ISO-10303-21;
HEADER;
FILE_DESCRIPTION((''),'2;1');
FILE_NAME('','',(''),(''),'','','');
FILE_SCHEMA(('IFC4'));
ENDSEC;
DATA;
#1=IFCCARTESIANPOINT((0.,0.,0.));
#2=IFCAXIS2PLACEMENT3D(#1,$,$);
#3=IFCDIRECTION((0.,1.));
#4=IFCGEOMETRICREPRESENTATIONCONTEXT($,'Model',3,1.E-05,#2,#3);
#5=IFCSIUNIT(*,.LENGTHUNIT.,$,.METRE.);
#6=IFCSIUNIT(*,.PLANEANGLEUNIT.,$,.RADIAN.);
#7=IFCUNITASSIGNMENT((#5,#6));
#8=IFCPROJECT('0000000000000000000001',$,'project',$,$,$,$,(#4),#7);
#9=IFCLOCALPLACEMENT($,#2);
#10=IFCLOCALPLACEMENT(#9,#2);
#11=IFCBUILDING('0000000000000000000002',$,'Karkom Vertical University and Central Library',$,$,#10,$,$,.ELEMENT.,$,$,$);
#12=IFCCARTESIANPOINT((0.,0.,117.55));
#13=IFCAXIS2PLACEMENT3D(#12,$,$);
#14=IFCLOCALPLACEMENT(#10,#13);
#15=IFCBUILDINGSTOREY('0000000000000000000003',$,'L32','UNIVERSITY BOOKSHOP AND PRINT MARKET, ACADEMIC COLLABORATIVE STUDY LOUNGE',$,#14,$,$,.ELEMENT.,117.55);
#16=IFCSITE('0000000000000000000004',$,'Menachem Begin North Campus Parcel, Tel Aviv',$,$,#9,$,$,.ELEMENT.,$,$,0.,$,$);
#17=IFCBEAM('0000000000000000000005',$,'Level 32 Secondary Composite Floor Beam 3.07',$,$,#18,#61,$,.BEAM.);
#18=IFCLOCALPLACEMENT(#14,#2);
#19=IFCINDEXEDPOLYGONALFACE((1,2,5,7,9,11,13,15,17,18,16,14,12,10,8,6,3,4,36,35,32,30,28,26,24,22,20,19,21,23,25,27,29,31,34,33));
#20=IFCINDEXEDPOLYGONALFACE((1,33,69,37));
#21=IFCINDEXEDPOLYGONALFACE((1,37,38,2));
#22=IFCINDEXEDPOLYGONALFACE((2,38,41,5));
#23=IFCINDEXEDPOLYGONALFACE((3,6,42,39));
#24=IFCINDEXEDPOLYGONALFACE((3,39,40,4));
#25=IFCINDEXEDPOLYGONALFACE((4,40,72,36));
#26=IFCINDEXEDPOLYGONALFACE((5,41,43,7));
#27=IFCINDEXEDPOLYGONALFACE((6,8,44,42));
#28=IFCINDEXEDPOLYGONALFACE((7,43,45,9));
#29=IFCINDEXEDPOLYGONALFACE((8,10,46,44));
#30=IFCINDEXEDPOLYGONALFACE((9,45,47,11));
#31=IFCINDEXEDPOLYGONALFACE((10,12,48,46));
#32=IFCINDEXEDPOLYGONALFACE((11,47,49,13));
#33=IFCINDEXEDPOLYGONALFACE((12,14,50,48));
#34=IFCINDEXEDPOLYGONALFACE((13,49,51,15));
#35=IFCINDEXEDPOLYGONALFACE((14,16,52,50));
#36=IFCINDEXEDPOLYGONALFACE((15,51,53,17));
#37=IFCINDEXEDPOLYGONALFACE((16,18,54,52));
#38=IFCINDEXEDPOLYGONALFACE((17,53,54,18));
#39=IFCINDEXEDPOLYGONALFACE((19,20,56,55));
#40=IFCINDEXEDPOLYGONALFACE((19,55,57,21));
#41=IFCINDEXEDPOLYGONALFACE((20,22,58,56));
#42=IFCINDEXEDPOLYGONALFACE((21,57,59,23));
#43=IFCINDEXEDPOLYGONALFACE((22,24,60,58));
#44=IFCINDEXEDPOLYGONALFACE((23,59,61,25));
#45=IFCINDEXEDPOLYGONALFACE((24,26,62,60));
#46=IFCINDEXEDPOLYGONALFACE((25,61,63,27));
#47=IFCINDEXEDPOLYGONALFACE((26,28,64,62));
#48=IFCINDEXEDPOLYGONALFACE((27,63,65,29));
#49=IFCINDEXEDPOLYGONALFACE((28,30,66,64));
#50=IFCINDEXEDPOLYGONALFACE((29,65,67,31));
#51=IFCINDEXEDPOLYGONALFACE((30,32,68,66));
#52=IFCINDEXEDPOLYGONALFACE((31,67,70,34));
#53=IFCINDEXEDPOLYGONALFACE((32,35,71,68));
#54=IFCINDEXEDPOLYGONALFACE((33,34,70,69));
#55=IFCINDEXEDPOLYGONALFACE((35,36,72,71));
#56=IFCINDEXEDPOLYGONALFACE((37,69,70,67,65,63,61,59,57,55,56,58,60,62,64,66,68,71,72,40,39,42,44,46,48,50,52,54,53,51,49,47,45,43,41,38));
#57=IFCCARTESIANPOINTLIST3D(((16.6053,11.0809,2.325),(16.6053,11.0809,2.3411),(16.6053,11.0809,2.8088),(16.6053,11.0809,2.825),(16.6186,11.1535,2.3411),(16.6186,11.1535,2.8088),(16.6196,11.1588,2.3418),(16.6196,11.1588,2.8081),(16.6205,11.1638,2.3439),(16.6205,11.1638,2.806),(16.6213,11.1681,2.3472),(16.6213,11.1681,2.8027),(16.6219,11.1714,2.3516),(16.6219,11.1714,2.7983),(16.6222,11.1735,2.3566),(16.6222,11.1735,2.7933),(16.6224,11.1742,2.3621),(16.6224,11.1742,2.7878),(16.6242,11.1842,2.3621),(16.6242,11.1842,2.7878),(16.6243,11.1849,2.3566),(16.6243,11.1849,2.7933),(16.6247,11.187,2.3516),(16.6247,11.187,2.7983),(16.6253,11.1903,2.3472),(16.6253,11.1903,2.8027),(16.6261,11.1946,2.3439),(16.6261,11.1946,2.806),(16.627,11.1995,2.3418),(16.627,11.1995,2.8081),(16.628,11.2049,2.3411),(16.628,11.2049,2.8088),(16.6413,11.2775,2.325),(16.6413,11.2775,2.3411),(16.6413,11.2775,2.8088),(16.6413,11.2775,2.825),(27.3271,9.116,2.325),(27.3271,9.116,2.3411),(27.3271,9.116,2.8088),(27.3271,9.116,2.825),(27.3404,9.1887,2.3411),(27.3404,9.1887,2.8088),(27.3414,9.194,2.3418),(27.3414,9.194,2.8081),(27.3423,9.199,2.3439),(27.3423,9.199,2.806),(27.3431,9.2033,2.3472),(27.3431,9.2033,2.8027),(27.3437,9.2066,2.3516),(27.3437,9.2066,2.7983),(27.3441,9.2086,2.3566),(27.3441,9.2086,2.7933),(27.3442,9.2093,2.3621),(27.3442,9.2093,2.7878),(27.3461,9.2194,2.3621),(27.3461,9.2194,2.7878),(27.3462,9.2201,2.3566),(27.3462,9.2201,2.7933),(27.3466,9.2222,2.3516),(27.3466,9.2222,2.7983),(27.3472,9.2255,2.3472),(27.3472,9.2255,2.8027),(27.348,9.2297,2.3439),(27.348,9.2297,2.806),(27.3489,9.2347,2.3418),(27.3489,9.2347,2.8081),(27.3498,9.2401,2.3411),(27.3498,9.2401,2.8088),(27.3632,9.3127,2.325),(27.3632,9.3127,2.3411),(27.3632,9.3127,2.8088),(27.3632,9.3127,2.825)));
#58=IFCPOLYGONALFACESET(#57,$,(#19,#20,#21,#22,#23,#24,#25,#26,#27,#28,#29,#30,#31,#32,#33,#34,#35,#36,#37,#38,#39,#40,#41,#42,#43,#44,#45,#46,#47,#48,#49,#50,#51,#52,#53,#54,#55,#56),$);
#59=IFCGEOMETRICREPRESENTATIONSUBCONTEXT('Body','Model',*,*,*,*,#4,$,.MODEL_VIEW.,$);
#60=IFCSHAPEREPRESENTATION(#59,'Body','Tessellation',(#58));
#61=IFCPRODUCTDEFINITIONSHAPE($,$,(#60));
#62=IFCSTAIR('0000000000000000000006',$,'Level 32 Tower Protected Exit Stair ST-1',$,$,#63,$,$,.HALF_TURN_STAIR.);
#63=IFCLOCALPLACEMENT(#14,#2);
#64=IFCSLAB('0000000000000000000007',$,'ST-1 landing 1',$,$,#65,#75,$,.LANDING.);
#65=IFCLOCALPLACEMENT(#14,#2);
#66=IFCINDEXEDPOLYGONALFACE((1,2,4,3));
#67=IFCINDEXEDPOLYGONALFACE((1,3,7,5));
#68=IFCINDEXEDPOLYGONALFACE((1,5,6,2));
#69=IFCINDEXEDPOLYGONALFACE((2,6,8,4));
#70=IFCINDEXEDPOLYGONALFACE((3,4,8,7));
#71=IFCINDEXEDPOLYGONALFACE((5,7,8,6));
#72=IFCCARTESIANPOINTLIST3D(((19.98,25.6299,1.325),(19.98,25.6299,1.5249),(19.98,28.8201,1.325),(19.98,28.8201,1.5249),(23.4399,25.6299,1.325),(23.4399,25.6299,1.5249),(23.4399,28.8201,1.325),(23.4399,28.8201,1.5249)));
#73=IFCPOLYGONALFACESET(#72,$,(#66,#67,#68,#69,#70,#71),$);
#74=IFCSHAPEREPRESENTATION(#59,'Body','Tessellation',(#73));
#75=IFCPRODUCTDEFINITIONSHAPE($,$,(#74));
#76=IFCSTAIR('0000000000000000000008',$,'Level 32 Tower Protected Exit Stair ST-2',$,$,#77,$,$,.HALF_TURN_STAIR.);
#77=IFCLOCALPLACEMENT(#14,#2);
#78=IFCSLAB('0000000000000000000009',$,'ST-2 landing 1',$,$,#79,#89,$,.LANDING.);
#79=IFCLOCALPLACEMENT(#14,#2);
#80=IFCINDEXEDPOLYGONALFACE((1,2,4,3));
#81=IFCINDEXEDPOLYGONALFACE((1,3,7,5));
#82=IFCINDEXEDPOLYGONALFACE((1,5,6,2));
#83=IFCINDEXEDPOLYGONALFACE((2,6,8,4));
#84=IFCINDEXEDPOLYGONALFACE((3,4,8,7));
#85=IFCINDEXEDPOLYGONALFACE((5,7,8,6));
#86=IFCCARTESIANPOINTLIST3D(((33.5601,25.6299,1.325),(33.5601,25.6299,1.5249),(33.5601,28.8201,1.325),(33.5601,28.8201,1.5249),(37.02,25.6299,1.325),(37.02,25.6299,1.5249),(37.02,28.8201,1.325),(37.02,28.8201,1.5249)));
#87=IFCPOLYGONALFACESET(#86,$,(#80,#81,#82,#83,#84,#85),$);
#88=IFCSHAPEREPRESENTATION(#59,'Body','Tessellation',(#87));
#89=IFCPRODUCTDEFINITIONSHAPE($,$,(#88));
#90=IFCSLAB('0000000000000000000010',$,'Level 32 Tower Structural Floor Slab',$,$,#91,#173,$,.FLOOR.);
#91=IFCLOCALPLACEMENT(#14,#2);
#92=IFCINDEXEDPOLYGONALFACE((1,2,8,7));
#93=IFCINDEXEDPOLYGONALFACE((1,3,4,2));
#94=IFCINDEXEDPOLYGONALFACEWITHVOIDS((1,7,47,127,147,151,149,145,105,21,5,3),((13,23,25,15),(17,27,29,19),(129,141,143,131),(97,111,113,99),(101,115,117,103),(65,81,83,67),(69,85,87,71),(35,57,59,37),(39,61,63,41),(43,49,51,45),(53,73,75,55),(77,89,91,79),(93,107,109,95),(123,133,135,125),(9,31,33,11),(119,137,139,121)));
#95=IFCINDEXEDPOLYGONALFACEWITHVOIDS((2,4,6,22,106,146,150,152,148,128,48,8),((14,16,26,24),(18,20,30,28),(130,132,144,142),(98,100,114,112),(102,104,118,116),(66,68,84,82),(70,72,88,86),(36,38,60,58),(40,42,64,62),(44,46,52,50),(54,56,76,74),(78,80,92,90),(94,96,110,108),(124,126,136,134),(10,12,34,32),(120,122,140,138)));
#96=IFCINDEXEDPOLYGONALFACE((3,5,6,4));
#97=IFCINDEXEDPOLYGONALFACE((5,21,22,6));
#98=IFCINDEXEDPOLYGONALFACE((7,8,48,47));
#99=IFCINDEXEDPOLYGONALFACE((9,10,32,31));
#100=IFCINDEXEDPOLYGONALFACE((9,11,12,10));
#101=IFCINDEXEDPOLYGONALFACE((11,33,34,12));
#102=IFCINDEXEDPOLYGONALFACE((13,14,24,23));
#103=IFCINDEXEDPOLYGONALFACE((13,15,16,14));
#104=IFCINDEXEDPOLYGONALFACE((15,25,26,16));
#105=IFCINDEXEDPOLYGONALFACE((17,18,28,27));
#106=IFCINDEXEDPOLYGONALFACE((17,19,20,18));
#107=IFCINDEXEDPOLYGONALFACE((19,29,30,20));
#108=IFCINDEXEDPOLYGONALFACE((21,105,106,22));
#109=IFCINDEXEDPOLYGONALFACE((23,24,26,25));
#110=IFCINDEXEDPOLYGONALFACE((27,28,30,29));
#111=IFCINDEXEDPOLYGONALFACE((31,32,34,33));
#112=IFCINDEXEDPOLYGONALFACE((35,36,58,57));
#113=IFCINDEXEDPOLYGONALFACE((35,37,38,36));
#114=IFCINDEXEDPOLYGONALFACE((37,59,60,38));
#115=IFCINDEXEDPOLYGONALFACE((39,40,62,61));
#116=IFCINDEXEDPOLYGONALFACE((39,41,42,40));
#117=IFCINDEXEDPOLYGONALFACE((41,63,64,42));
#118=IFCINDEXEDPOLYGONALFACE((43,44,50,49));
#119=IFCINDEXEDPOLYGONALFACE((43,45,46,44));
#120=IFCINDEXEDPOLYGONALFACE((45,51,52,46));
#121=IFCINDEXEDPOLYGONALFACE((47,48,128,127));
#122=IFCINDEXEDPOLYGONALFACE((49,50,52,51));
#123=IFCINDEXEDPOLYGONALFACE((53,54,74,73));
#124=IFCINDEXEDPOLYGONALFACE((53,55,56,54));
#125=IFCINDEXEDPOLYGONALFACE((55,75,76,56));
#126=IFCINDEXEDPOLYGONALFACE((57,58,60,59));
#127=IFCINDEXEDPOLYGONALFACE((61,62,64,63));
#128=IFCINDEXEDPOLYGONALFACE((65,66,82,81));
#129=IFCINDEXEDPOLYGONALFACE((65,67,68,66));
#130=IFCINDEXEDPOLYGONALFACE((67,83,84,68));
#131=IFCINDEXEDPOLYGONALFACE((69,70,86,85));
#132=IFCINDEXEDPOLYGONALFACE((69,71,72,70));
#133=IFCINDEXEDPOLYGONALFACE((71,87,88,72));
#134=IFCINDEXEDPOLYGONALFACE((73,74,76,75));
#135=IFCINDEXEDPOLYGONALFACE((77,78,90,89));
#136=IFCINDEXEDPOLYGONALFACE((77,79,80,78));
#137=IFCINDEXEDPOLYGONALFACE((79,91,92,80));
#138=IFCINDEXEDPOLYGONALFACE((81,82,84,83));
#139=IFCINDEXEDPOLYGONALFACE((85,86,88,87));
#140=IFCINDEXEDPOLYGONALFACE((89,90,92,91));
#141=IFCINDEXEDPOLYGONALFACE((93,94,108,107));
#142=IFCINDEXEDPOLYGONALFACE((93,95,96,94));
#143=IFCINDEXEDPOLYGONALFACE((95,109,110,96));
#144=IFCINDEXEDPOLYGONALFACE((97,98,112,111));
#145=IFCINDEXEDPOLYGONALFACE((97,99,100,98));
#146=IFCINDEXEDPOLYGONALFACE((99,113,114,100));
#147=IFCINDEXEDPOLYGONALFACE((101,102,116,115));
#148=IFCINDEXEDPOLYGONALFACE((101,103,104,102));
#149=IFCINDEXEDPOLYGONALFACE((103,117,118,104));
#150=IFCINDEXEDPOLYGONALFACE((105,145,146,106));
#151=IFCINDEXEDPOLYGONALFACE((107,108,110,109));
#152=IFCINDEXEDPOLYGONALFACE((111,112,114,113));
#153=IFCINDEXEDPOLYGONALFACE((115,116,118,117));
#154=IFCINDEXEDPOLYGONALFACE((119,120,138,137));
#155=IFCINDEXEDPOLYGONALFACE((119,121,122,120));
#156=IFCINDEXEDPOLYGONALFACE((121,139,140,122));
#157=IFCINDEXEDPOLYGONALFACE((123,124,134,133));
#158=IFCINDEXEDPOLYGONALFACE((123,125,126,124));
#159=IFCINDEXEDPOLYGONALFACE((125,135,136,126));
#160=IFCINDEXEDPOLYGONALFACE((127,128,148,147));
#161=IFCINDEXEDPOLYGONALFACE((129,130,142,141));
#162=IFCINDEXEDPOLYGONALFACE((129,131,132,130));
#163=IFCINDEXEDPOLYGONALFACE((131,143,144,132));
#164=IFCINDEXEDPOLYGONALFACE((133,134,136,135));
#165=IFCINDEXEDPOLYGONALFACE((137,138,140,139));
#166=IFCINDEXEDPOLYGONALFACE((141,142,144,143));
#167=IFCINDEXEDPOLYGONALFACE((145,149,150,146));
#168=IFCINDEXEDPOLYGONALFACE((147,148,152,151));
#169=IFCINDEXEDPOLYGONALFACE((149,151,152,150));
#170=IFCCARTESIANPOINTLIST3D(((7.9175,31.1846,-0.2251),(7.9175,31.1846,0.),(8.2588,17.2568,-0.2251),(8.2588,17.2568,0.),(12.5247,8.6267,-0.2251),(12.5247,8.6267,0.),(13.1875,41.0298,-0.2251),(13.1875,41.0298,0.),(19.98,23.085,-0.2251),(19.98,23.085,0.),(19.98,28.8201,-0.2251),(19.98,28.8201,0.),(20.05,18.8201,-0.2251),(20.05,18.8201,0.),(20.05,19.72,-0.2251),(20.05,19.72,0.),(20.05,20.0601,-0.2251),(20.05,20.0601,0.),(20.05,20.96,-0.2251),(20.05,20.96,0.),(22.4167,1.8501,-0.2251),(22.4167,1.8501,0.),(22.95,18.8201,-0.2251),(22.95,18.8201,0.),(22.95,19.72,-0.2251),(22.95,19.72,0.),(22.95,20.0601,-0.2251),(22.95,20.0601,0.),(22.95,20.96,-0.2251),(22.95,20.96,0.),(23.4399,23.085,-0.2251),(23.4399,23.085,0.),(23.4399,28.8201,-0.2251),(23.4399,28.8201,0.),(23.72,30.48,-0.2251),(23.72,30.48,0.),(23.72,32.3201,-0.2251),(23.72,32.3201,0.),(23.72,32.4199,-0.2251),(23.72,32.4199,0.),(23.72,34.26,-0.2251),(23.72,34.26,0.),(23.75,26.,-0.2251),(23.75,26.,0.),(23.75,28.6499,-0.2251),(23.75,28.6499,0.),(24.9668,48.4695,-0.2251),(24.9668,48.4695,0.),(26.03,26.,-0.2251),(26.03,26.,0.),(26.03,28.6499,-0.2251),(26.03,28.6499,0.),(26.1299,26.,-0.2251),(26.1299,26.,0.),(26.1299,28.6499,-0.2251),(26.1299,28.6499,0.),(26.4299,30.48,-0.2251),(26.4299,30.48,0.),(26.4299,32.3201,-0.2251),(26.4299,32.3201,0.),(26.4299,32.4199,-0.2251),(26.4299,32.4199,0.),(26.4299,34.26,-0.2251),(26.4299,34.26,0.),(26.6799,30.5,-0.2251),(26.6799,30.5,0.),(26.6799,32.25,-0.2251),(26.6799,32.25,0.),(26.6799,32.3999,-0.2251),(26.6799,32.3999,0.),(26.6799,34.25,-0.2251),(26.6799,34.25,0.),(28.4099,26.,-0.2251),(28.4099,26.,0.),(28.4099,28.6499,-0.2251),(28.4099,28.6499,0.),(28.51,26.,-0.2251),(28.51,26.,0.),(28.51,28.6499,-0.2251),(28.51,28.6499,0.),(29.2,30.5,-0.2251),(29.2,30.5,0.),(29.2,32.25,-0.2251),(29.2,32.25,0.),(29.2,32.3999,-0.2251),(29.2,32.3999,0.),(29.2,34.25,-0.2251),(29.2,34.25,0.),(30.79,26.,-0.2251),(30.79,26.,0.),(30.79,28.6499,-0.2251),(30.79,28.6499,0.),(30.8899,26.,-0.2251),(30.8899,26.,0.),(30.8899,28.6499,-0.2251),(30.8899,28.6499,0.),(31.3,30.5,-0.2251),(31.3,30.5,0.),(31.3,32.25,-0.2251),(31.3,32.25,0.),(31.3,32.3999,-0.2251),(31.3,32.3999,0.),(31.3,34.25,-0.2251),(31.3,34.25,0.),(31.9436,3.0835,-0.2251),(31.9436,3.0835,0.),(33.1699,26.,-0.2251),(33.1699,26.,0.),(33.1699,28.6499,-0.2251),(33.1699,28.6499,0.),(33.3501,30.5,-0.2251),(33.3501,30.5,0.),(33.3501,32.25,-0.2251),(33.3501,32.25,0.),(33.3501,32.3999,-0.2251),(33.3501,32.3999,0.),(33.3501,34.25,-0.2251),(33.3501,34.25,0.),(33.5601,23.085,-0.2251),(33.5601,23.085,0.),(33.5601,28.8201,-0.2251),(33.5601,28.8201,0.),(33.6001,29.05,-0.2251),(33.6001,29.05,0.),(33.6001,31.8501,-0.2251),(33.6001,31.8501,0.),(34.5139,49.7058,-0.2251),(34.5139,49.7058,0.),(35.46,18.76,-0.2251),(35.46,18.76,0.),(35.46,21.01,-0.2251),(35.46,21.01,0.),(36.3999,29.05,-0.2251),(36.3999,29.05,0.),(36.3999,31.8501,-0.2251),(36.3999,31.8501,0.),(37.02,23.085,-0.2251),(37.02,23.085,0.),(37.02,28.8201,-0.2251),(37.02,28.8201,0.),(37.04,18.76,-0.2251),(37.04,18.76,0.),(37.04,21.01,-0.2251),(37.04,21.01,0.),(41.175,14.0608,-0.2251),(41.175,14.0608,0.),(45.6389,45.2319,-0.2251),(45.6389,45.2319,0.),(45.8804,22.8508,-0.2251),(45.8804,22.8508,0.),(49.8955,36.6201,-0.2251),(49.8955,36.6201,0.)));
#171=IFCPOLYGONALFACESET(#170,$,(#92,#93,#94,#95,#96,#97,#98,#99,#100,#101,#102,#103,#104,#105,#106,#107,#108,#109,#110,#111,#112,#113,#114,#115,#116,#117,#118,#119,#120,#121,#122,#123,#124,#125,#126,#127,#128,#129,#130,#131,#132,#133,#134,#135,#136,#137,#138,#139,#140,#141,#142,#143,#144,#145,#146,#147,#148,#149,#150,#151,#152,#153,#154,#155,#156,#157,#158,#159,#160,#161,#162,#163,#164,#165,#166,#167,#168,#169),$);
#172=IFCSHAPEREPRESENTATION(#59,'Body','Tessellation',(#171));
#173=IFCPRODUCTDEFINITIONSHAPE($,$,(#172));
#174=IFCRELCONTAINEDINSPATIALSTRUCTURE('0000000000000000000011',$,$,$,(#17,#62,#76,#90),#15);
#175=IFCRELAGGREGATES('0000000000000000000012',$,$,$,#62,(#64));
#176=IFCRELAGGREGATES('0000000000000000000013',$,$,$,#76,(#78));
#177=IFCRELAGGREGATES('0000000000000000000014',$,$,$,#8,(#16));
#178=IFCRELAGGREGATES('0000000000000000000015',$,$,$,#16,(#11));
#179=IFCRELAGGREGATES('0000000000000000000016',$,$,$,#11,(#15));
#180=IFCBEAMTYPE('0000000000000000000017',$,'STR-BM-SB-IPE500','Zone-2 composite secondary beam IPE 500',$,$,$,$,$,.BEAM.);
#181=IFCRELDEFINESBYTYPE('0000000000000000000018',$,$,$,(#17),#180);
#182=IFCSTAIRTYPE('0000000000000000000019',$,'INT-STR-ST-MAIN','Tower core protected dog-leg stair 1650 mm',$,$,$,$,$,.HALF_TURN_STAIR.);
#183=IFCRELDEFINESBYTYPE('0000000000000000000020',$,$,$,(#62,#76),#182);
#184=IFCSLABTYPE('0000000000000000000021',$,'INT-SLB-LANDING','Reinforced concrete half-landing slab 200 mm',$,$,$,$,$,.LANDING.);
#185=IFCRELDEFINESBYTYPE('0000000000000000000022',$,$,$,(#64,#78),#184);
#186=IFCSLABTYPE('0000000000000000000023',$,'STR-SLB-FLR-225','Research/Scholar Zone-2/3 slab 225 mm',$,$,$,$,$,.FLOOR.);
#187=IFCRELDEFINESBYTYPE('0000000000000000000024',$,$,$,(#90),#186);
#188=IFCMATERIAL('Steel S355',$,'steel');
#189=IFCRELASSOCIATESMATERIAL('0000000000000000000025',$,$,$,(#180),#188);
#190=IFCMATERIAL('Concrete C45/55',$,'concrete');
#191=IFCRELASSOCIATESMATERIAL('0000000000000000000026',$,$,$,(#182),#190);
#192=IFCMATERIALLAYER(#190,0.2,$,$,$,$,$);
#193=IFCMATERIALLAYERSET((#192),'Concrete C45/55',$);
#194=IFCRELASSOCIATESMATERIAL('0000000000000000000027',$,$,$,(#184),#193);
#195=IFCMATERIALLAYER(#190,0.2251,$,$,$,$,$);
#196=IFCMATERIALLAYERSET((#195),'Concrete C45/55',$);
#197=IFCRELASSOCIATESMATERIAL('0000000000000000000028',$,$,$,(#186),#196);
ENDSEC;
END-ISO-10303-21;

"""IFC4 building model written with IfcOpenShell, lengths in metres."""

from ifc_helpers import new_model, si_unit, direction, frame, origin, origin_with_axes, origin_2d, place, context, subcontext, project, spatial, polyline, i_section, outline, extrude, source, transform, mapped, material, layer, layer_set, material_profile, profile_set, type_object, element, aggregate, save


model = new_model("IFC4")

# Units and contexts
model_context = context("Model", 3, precision=1e-05, world=origin(), true_north=direction((0.0, 1.0)))
body_context = subcontext(model_context, "Body", "Model", "MODEL_VIEW")
ifc_project = project(units=[si_unit("LENGTHUNIT", "METRE"), si_unit("PLANEANGLEUNIT", "RADIAN")], contexts=[model_context])

# Site, building, storey
site_placement = place(None, origin())
site = spatial("IfcSite", under=ifc_project, at=site_placement, Name="Menachem Begin North Campus Parcel, Tel Aviv", CompositionType="ELEMENT", RefElevation=0.0)
building_placement = place(site_placement, origin())
building = spatial("IfcBuilding", under=site, at=building_placement, Name="Karkom Vertical University and Central Library", CompositionType="ELEMENT")
storey_placement = place(building_placement, frame((0.0, 0.0, 117.55)))
storey = spatial("IfcBuildingStorey", under=building, at=storey_placement, Name="L32", Description="UNIVERSITY BOOKSHOP AND PRINT MARKET, ACADEMIC COLLABORATIVE STUDY LOUNGE", CompositionType="ELEMENT", Elevation=117.55)

# Beam
ifc_material_1 = material(Name="Steel S355", Category="steel")
ifc_material_profile_1 = material_profile(ifc_material_1, i_section(OverallWidth=0.2, OverallDepth=0.5, WebThickness=0.0103, FlangeThickness=0.0161, FilletRadius=0.021, at=origin_2d()), Name="IPE 500")
ifc_profile_set_1 = profile_set([ifc_material_profile_1], Name="Steel S355")
beam_type_1 = type_object("IfcBeamType", Name="STR-BM-SB-IPE500", Description="Zone-2 composite secondary beam IPE 500", PredefinedType="BEAM", material=ifc_profile_set_1)
shared_shape_1 = source(origin_with_axes(), body_context, "Body", "SweptSolid", [
    extrude(i_section(OverallWidth=0.2, OverallDepth=0.5, WebThickness=0.0103, FlangeThickness=0.0161, FilletRadius=0.021, at=origin_2d()), origin(), (0.0, 0.0, 1.0), 10.9004),
])
beam_1_placement = place(storey_placement, frame((16.6233, 11.1792, 2.575), z_axis=(0.98362, -0.180253, 0.0), x_axis=(0.180253, 0.98362, 0.0)))
element("IfcBeam", 1, at=beam_1_placement, inside=storey, type_object=beam_type_1, Name="Level 32 Secondary Composite Floor Beam 3.07", PredefinedType="BEAM", context=body_context, shape_type="MappedRepresentation", body=[
    mapped(shared_shape_1, transform((0.0, 0.0, 0.0), scale=1.0)),
])

# Stairs, slabs
ifc_material_2 = material(Name="Concrete C45/55", Category="concrete")
stair_type = type_object("IfcStairType", Name="INT-STR-ST-MAIN", Description="Tower core protected dog-leg stair 1650 mm", PredefinedType="HALF_TURN_STAIR", material=ifc_material_2)
stair_1_placement = place(storey_placement, origin())
stair_1 = element("IfcStair", 2, at=stair_1_placement, inside=storey, type_object=stair_type, Name="Level 32 Tower Protected Exit Stair ST-1", PredefinedType="HALF_TURN_STAIR")
ifc_layer_1 = layer(ifc_material_2, 0.2)
ifc_layer_set_1 = layer_set([ifc_layer_1], Name="Concrete C45/55")
slab_type_1 = type_object("IfcSlabType", Name="INT-SLB-LANDING", Description="Reinforced concrete half-landing slab 200 mm", PredefinedType="LANDING", material=ifc_layer_set_1)
slab_1_placement = place(storey_placement, frame((0.0, 0.0, 1.325)))
slab_1 = element("IfcSlab", 3, at=slab_1_placement, type_object=slab_type_1, Name="ST-1 landing 1", PredefinedType="LANDING", context=body_context, shape_type="SweptSolid", body=[
    extrude(outline(polyline([(23.4399, 25.6299), (23.4399, 28.8201), (19.98, 28.8201), (19.98, 25.6299), (23.4399, 25.6299)])), origin(), (0.0, 0.0, 1.0), 0.2),
])
aggregate(stair_1, [slab_1])
stair_2_placement = place(storey_placement, origin())
stair_2 = element("IfcStair", 4, at=stair_2_placement, inside=storey, type_object=stair_type, Name="Level 32 Tower Protected Exit Stair ST-2", PredefinedType="HALF_TURN_STAIR")
slab_2_placement = place(storey_placement, frame((0.0, 0.0, 1.325)))
slab_2 = element("IfcSlab", 5, at=slab_2_placement, type_object=slab_type_1, Name="ST-2 landing 1", PredefinedType="LANDING", context=body_context, shape_type="SweptSolid", body=[
    extrude(outline(polyline([(37.02, 25.6299), (37.02, 28.8201), (33.5601, 28.8201), (33.5601, 25.6299), (37.02, 25.6299)])), origin(), (0.0, 0.0, 1.0), 0.2),
])
aggregate(stair_2, [slab_2])

# Slab
ifc_layer_2 = layer(ifc_material_2, 0.2251)
ifc_layer_set_2 = layer_set([ifc_layer_2], Name="Concrete C45/55")
slab_type_2 = type_object("IfcSlabType", Name="STR-SLB-FLR-225", Description="Research/Scholar Zone-2/3 slab 225 mm", PredefinedType="FLOOR", material=ifc_layer_set_2)
slab_3_placement = place(storey_placement, frame((0.0, 0.0, -0.2251)))
element("IfcSlab", 6, at=slab_3_placement, inside=storey, type_object=slab_type_2, Name="Level 32 Tower Structural Floor Slab", PredefinedType="FLOOR", context=body_context, shape_type="SweptSolid", body=[
    extrude(outline(polyline([(13.1875, 41.0298), (7.9175, 31.1846), (8.2588, 17.2568), (12.5247, 8.6267), (22.4167, 1.8501), (31.9436, 3.0835), (41.175, 14.0608), (45.8804, 22.8508), (49.8955, 36.6201), (45.6389, 45.2319), (34.5139, 49.7058), (24.9668, 48.4695), (13.1875, 41.0298)]), holes=[polyline([(19.98, 23.085), (23.4399, 23.085), (23.4399, 28.8201), (19.98, 28.8201), (19.98, 23.085)]), polyline([(33.5601, 23.085), (37.02, 23.085), (37.02, 28.8201), (33.5601, 28.8201), (33.5601, 23.085)]), polyline([(23.75, 26.0), (26.03, 26.0), (26.03, 28.6499), (23.75, 28.6499), (23.75, 26.0)]), polyline([(26.1299, 26.0), (28.4099, 26.0), (28.4099, 28.6499), (26.1299, 28.6499), (26.1299, 26.0)]), polyline([(28.51, 26.0), (30.79, 26.0), (30.79, 28.6499), (28.51, 28.6499), (28.51, 26.0)]), polyline([(30.8899, 26.0), (33.1699, 26.0), (33.1699, 28.6499), (30.8899, 28.6499), (30.8899, 26.0)]), polyline([(26.6799, 30.5), (29.2, 30.5), (29.2, 32.25), (26.6799, 32.25), (26.6799, 30.5)]), polyline([(26.6799, 32.3999), (29.2, 32.3999), (29.2, 34.25), (26.6799, 34.25), (26.6799, 32.3999)]), polyline([(31.3, 30.5), (33.3501, 30.5), (33.3501, 32.25), (31.3, 32.25), (31.3, 30.5)]), polyline([(31.3, 32.3999), (33.3501, 32.3999), (33.3501, 34.25), (31.3, 34.25), (31.3, 32.3999)]), polyline([(23.72, 30.48), (26.4299, 30.48), (26.4299, 32.3201), (23.72, 32.3201), (23.72, 30.48)]), polyline([(23.72, 32.4199), (26.4299, 32.4199), (26.4299, 34.26), (23.72, 34.26), (23.72, 32.4199)]), polyline([(33.6001, 29.05), (36.3999, 29.05), (36.3999, 31.8501), (33.6001, 31.8501), (33.6001, 29.05)]), polyline([(20.05, 18.8201), (22.95, 18.8201), (22.95, 19.72), (20.05, 19.72), (20.05, 18.8201)]), polyline([(20.05, 20.0601), (22.95, 20.0601), (22.95, 20.96), (20.05, 20.96), (20.05, 20.0601)]), polyline([(35.46, 18.76), (37.04, 18.76), (37.04, 21.01), (35.46, 21.01), (35.46, 18.76)])]), origin(), (0.0, 0.0, 1.0), 0.2251),
])

save(model, "model.ifc")
